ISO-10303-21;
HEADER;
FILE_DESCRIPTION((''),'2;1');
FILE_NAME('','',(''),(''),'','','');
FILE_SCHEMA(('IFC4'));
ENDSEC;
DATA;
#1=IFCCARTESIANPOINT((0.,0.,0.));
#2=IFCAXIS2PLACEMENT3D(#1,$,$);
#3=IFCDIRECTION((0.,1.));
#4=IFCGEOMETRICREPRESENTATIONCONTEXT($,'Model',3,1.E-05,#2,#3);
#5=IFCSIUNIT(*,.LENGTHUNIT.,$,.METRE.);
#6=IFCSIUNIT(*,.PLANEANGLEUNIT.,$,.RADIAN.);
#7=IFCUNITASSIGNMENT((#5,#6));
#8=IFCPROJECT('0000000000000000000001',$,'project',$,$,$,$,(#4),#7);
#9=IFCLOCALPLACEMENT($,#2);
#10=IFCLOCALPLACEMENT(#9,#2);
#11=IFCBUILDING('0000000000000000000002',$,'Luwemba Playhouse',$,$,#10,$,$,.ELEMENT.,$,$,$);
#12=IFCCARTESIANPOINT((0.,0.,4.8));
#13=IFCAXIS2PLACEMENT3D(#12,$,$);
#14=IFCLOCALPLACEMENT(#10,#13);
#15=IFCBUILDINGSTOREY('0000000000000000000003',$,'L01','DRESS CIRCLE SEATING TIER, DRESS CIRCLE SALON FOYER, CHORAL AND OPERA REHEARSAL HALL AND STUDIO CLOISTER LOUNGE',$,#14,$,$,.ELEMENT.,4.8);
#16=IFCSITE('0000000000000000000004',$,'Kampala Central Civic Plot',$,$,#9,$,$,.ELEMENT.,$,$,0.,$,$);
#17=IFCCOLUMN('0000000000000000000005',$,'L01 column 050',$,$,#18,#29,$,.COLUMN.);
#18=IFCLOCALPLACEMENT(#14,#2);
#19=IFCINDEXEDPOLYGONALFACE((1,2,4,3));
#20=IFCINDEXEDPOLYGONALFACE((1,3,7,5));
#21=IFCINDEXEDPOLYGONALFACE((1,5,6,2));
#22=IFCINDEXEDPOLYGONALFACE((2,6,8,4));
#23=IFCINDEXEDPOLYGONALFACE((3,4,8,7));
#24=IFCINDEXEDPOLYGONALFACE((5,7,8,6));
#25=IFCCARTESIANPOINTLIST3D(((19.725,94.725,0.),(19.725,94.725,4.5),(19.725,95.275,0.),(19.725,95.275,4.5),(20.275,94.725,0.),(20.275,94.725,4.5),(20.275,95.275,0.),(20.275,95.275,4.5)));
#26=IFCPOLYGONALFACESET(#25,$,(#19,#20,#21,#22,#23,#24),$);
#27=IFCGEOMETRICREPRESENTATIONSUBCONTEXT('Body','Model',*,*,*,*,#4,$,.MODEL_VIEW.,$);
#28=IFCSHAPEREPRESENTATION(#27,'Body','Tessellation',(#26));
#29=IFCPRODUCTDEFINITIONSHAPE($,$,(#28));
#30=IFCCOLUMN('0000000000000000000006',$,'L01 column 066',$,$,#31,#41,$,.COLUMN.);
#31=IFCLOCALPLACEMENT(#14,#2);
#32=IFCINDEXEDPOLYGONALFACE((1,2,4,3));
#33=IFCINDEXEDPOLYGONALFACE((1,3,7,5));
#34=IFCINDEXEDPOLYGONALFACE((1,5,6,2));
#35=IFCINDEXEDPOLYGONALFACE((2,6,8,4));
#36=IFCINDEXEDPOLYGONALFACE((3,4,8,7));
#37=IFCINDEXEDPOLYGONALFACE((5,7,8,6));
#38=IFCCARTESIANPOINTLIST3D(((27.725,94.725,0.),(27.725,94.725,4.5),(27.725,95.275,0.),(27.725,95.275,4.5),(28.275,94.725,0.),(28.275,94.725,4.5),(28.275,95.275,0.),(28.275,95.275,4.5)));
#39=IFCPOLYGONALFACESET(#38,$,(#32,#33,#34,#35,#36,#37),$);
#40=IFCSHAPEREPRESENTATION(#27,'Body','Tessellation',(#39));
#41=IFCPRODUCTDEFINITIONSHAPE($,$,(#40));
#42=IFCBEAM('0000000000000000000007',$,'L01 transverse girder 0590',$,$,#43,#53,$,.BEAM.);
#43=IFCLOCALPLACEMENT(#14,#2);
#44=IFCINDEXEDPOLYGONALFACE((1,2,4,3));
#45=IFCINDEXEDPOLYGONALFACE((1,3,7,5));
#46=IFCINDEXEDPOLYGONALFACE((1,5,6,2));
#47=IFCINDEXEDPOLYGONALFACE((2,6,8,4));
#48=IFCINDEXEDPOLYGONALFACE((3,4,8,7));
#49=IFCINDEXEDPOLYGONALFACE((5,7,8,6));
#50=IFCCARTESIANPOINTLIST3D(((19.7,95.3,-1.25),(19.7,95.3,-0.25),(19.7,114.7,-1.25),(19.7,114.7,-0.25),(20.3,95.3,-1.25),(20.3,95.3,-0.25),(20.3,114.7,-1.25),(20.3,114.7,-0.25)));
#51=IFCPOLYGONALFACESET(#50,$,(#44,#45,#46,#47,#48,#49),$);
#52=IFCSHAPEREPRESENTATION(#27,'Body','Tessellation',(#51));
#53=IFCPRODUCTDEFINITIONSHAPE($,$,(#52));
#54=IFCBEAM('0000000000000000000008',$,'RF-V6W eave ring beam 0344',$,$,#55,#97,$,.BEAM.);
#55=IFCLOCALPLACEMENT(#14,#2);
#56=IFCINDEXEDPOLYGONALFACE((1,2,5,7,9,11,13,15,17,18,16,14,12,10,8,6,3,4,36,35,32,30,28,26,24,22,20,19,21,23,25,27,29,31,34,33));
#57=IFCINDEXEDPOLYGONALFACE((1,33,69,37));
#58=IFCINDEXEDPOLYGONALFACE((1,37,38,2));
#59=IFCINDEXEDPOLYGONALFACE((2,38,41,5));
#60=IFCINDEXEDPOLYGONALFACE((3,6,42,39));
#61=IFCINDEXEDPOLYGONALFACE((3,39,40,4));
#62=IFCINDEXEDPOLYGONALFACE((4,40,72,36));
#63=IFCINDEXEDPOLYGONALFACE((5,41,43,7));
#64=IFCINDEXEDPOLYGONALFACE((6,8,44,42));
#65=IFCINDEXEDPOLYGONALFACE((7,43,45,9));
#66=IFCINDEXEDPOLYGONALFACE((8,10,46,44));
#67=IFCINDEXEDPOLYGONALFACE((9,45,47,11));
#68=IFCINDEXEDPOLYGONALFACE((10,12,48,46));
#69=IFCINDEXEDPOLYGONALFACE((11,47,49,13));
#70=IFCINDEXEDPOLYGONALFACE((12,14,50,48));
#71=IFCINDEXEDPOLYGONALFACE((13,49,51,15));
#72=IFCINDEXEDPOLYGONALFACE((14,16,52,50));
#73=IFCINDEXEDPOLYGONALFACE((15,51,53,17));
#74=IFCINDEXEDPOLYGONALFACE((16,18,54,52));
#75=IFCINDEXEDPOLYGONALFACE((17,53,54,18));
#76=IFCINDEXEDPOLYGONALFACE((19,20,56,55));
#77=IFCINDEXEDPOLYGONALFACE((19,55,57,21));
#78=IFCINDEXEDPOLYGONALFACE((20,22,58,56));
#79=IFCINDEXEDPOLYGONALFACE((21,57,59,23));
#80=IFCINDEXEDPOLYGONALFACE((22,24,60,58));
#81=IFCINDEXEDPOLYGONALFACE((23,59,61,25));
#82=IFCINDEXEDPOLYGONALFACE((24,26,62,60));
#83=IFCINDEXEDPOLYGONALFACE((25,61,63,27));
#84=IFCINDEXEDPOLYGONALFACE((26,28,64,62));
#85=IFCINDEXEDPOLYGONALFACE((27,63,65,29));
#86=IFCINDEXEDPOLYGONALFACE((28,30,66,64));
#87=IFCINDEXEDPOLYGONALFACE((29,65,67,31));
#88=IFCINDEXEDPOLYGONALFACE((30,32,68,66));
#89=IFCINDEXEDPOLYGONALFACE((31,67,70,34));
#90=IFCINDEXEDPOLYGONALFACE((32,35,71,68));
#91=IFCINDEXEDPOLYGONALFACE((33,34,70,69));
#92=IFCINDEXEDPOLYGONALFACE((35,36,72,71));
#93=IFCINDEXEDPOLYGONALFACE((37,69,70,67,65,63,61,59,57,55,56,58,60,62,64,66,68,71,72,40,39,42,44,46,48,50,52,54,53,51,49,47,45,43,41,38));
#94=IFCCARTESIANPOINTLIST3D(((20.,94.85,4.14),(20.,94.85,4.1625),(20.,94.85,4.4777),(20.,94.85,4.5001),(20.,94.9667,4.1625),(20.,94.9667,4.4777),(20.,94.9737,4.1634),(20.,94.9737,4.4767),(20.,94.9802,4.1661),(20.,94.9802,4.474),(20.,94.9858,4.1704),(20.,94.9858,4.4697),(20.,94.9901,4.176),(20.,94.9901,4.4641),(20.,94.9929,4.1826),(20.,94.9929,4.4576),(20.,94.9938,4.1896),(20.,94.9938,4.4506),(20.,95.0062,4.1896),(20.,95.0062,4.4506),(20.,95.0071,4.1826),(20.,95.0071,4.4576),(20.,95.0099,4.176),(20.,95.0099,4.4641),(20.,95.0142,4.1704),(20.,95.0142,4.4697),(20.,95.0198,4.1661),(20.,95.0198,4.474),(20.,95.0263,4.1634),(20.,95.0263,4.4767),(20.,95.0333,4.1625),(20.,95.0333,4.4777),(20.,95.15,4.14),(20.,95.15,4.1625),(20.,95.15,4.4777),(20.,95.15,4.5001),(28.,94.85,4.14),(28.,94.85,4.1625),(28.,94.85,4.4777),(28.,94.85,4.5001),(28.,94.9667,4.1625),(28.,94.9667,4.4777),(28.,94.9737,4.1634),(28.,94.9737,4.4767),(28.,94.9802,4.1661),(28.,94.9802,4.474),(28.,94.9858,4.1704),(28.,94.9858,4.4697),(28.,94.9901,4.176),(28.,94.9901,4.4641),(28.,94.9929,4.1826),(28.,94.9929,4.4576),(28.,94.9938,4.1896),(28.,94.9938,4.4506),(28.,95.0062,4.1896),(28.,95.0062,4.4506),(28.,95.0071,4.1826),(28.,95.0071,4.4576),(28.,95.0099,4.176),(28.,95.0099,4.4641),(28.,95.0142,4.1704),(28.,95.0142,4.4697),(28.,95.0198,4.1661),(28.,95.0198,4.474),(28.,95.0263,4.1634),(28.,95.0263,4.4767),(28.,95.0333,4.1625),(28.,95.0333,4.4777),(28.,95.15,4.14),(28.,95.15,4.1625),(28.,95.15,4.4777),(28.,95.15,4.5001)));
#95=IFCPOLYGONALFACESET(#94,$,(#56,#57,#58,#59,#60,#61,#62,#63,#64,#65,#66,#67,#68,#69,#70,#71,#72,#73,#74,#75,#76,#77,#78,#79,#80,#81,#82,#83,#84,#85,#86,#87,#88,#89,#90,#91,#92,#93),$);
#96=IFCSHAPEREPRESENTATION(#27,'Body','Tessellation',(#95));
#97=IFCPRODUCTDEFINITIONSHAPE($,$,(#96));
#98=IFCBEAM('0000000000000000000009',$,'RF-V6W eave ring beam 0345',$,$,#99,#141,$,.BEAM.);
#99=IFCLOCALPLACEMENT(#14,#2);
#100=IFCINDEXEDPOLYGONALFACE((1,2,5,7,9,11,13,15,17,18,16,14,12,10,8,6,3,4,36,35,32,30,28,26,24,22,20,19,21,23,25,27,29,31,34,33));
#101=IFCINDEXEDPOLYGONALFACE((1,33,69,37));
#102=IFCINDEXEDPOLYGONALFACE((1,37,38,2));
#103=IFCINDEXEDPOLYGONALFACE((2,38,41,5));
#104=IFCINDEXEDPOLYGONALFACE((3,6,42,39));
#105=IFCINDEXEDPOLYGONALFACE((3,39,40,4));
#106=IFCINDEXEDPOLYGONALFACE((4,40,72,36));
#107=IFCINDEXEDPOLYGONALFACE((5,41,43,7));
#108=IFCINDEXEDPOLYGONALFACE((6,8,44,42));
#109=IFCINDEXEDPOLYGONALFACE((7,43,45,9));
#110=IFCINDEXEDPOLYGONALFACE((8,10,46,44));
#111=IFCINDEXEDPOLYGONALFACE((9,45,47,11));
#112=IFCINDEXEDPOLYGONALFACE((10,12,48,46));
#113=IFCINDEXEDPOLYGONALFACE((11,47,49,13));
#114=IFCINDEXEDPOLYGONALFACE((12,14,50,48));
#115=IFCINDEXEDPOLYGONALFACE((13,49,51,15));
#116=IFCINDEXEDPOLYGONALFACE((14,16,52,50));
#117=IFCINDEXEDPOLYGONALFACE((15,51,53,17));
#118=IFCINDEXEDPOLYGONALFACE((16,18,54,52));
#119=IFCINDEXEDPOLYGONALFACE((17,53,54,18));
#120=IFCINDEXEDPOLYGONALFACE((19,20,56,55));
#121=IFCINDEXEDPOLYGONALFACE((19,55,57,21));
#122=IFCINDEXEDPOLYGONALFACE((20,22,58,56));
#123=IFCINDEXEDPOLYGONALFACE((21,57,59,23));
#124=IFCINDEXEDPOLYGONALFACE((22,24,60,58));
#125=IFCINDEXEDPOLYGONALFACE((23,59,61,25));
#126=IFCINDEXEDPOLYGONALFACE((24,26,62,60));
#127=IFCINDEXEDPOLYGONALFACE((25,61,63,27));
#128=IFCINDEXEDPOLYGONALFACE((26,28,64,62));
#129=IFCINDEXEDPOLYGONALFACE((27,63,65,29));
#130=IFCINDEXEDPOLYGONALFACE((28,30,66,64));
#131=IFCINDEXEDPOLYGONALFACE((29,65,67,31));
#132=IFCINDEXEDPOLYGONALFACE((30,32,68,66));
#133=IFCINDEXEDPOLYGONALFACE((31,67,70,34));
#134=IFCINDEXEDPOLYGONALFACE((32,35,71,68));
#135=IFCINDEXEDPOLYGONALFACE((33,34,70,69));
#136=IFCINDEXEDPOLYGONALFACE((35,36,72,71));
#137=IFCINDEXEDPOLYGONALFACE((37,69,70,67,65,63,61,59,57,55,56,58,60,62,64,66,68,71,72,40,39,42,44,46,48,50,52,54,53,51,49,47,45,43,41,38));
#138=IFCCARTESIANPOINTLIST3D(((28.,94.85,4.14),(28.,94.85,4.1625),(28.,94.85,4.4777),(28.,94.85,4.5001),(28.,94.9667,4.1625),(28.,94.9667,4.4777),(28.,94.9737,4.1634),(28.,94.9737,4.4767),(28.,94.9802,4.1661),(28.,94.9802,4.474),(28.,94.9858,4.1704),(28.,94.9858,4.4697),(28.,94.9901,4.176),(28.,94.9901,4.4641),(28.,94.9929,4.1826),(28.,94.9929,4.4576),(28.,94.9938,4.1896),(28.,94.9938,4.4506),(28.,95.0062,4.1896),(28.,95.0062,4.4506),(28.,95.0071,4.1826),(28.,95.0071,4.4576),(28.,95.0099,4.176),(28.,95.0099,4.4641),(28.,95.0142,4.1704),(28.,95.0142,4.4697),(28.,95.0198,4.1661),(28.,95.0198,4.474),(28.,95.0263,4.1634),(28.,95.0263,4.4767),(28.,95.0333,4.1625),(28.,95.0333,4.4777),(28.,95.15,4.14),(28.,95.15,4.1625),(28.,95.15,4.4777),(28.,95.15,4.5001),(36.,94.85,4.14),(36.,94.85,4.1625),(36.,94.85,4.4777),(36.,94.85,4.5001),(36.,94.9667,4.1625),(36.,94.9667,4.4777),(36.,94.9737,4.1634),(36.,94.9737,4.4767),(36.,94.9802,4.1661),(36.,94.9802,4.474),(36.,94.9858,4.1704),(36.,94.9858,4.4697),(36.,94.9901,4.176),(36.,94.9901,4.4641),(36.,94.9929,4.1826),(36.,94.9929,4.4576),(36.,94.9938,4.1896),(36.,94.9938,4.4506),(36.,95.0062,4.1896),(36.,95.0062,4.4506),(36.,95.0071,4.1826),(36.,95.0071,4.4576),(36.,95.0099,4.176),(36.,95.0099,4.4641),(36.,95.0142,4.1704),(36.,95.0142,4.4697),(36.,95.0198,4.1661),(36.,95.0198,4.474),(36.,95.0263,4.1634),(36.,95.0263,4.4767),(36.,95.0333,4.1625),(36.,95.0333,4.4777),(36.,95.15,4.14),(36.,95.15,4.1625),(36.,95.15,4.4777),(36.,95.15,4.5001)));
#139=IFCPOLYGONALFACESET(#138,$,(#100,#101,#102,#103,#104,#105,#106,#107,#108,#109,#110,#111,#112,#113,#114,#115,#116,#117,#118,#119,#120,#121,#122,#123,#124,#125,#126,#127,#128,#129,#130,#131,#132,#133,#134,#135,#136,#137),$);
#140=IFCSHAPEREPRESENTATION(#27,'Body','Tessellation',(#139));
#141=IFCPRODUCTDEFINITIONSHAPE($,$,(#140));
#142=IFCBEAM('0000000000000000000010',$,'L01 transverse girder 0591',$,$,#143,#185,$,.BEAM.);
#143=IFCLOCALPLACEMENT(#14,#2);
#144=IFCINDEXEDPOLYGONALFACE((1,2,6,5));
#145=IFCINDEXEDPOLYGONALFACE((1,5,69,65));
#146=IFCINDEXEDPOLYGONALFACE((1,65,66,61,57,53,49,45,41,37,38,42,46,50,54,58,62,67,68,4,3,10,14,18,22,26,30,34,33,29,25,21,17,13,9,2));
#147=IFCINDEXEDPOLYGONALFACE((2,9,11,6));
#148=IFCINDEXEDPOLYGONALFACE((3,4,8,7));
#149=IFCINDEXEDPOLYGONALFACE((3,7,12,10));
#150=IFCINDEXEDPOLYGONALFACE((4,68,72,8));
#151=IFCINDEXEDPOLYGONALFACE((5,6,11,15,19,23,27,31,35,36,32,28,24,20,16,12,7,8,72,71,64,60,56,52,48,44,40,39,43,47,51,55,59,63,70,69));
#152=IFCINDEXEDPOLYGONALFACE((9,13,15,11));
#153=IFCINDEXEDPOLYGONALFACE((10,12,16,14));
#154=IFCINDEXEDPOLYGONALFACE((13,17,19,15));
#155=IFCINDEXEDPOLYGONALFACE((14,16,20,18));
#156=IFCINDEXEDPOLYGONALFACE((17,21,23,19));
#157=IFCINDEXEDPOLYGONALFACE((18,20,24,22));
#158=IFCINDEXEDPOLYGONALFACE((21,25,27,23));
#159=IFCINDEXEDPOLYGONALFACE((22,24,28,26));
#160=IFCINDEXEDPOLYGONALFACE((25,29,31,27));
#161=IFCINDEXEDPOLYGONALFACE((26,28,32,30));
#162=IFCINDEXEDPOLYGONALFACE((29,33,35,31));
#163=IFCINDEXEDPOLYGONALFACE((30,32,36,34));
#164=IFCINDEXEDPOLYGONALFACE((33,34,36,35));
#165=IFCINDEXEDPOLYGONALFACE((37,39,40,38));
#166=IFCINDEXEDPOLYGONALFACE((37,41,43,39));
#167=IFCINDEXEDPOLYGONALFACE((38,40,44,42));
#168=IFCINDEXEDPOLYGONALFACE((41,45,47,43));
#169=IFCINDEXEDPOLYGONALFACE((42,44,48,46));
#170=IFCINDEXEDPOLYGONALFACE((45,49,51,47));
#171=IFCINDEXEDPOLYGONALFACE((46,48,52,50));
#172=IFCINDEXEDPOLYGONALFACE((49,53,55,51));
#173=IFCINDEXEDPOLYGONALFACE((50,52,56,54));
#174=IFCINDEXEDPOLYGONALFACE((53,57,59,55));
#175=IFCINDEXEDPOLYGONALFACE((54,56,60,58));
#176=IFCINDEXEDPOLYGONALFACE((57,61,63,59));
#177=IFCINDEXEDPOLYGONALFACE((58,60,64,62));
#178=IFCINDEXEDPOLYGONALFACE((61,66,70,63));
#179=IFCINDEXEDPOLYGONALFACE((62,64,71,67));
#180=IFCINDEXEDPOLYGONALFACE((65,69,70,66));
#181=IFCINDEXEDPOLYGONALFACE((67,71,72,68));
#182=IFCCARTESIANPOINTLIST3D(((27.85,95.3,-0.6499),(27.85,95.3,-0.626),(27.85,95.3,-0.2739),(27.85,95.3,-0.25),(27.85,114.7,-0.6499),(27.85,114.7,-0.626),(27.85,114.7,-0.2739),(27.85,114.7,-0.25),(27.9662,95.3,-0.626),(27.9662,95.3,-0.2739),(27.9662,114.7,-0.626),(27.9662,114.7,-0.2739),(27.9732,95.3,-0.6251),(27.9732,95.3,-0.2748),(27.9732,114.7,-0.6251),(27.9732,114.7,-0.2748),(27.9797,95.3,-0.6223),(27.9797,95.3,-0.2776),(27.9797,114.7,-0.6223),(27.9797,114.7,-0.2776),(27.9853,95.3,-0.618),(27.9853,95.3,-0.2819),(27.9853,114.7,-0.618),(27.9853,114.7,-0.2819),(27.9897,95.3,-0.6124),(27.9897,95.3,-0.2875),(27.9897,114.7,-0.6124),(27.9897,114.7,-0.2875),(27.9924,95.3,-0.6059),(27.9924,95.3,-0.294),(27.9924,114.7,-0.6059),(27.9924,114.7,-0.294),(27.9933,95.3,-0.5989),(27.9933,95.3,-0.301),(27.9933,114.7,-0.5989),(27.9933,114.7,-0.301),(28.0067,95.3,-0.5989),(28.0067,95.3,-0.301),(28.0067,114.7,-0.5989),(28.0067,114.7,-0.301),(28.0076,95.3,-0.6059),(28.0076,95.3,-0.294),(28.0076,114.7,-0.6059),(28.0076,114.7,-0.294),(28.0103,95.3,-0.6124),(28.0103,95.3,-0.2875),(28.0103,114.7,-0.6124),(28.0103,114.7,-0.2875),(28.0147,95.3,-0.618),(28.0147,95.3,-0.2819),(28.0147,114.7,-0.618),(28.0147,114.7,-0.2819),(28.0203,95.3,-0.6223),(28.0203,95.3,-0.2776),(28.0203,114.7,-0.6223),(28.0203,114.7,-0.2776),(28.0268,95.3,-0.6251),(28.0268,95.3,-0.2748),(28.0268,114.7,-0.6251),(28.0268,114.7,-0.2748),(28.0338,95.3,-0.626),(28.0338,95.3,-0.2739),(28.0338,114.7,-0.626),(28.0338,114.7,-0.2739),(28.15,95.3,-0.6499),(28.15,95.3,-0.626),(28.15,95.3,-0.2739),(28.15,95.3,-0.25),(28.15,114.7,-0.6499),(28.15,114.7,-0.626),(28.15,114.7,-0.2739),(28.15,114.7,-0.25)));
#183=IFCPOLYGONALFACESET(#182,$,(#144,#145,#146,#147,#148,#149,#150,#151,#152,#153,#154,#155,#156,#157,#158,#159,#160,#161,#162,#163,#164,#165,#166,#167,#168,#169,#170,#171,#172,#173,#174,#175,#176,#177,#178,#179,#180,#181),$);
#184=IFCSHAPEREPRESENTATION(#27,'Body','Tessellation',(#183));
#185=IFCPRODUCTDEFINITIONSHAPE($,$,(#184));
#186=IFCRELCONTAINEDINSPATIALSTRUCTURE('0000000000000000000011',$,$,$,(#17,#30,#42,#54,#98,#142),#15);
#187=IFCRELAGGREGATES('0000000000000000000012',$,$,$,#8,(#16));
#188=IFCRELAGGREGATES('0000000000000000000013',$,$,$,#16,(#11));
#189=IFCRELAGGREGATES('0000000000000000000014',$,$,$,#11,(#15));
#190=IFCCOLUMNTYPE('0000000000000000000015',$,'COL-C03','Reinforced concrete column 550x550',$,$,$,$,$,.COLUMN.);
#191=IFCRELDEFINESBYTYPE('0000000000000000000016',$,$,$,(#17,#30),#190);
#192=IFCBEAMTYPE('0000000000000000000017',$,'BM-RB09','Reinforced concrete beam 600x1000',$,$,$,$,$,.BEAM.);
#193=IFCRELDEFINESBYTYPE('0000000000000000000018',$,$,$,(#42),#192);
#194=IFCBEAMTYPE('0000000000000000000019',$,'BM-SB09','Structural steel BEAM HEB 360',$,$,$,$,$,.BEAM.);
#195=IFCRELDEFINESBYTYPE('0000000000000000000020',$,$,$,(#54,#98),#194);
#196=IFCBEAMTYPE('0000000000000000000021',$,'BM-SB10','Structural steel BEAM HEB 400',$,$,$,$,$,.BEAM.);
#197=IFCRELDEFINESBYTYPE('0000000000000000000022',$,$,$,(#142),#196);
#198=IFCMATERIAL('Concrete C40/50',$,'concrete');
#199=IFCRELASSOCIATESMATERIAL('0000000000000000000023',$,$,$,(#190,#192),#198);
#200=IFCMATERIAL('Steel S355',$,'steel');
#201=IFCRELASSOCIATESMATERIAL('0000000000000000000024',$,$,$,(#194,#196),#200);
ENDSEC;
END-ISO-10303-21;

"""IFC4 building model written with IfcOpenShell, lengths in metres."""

from ifc_helpers import new_model, si_unit, direction, frame, origin, origin_2d, place, context, subcontext, project, spatial, rectangle, i_section, extrude, material, material_profile, profile_set, type_object, element, save


model = new_model("IFC4")

# Units and contexts
model_context = context("Model", 3, precision=1e-05, world=origin(), true_north=direction((0.0, 1.0)))
body_context = subcontext(model_context, "Body", "Model", "MODEL_VIEW")
ifc_project = project(units=[si_unit("LENGTHUNIT", "METRE"), si_unit("PLANEANGLEUNIT", "RADIAN")], contexts=[model_context])

# Site, building, storey
site_placement = place(None, origin())
site = spatial("IfcSite", under=ifc_project, at=site_placement, Name="Kampala Central Civic Plot", CompositionType="ELEMENT", RefElevation=0.0)
building_placement = place(site_placement, origin())
building = spatial("IfcBuilding", under=site, at=building_placement, Name="Luwemba Playhouse", CompositionType="ELEMENT")
storey_placement = place(building_placement, frame((0.0, 0.0, 4.8)))
storey = spatial("IfcBuildingStorey", under=building, at=storey_placement, Name="L01", Description="DRESS CIRCLE SEATING TIER, DRESS CIRCLE SALON FOYER, CHORAL AND OPERA REHEARSAL HALL AND STUDIO CLOISTER LOUNGE", CompositionType="ELEMENT", Elevation=4.8)

# Columns
ifc_material_1 = material(Name="Concrete C40/50", Category="concrete")
ifc_material_profile_1 = material_profile(ifc_material_1, rectangle(XDim=0.55, YDim=0.55, at=origin_2d()))
ifc_profile_set_1 = profile_set([ifc_material_profile_1], Name="Concrete C40/50")
column_type = type_object("IfcColumnType", Name="COL-C03", Description="Reinforced concrete column 550x550", PredefinedType="COLUMN", material=ifc_profile_set_1)
for number, where, z_axis, x_axis, name in (
    (1, (20.0, 95.0, 0.0), (0.0, 0.0, 1.0), (1.0, 0.0, 0.0), "L01 column 050"),
    (2, (28.0, 95.0, 0.0), (0.0, 0.0, 1.0), (1.0, 0.0, 0.0), "L01 column 066"),
):
    element("IfcColumn", number, at=place(storey_placement, frame(where, z_axis=z_axis, x_axis=x_axis)), inside=storey, type_object=column_type, Name=name, PredefinedType="COLUMN", context=body_context, shape_type="SweptSolid", body=[
        extrude(rectangle(XDim=0.55, YDim=0.55, at=origin_2d()), origin(), (0.0, 0.0, 1.0), 4.5),
    ])

# Beams
ifc_material_profile_2 = material_profile(ifc_material_1, rectangle(XDim=0.6001, YDim=1.0, at=origin_2d()))
ifc_profile_set_2 = profile_set([ifc_material_profile_2], Name="Concrete C40/50")
beam_type_1 = type_object("IfcBeamType", Name="BM-RB09", Description="Reinforced concrete beam 600x1000", PredefinedType="BEAM", material=ifc_profile_set_2)
beam_1_placement = place(storey_placement, frame((20.0, 95.3, -0.75), z_axis=(0.0, 1.0, 0.0), x_axis=(-1.0, 0.0, 0.0)))
element("IfcBeam", 3, at=beam_1_placement, inside=storey, type_object=beam_type_1, Name="L01 transverse girder 0590", PredefinedType="BEAM", context=body_context, shape_type="SweptSolid", body=[
    extrude(rectangle(XDim=0.6001, YDim=1.0, at=origin_2d()), origin(), (0.0, 0.0, 1.0), 19.3999),
])
ifc_material_2 = material(Name="Steel S355", Category="steel")
ifc_material_profile_3 = material_profile(ifc_material_2, i_section(OverallWidth=0.3, OverallDepth=0.3601, WebThickness=0.0125, FlangeThickness=0.0225, FilletRadius=0.0271, at=origin_2d()))
ifc_profile_set_3 = profile_set([ifc_material_profile_3], Name="Steel S355")
beam_type_2 = type_object("IfcBeamType", Name="BM-SB09", Description="Structural steel BEAM HEB 360", PredefinedType="BEAM", material=ifc_profile_set_3)
for number, where, z_axis, x_axis, name in (
    (4, (20.0, 95.0, 4.3201), (1.0, 0.0, 0.0), (0.0, 1.0, 0.0), "RF-V6W eave ring beam 0344"),
    (5, (28.0, 95.0, 4.3201), (1.0, 0.0, 0.0), (0.0, 1.0, 0.0), "RF-V6W eave ring beam 0345"),
):
    element("IfcBeam", number, at=place(storey_placement, frame(where, z_axis=z_axis, x_axis=x_axis)), inside=storey, type_object=beam_type_2, Name=name, PredefinedType="BEAM", context=body_context, shape_type="SweptSolid", body=[
        extrude(i_section(OverallWidth=0.3, OverallDepth=0.3601, WebThickness=0.0125, FlangeThickness=0.0225, FilletRadius=0.0271, at=origin_2d()), origin(), (0.0, 0.0, 1.0), 8.0),
    ])
ifc_material_profile_4 = material_profile(ifc_material_2, i_section(OverallWidth=0.3, OverallDepth=0.3999, WebThickness=0.0134, FlangeThickness=0.0239, FilletRadius=0.0271, at=origin_2d()))
ifc_profile_set_4 = profile_set([ifc_material_profile_4], Name="Steel S355")
beam_type_3 = type_object("IfcBeamType", Name="BM-SB10", Description="Structural steel BEAM HEB 400", PredefinedType="BEAM", material=ifc_profile_set_4)
beam_2_placement = place(storey_placement, frame((28.0, 95.3, -0.45), z_axis=(0.0, 1.0, 0.0), x_axis=(-1.0, 0.0, 0.0)))
element("IfcBeam", 6, at=beam_2_placement, inside=storey, type_object=beam_type_3, Name="L01 transverse girder 0591", PredefinedType="BEAM", context=body_context, shape_type="SweptSolid", body=[
    extrude(i_section(OverallWidth=0.3, OverallDepth=0.3999, WebThickness=0.0134, FlangeThickness=0.0239, FilletRadius=0.0271, at=origin_2d()), origin(), (0.0, 0.0, 1.0), 19.3999),
])

save(model, "model.ifc")
